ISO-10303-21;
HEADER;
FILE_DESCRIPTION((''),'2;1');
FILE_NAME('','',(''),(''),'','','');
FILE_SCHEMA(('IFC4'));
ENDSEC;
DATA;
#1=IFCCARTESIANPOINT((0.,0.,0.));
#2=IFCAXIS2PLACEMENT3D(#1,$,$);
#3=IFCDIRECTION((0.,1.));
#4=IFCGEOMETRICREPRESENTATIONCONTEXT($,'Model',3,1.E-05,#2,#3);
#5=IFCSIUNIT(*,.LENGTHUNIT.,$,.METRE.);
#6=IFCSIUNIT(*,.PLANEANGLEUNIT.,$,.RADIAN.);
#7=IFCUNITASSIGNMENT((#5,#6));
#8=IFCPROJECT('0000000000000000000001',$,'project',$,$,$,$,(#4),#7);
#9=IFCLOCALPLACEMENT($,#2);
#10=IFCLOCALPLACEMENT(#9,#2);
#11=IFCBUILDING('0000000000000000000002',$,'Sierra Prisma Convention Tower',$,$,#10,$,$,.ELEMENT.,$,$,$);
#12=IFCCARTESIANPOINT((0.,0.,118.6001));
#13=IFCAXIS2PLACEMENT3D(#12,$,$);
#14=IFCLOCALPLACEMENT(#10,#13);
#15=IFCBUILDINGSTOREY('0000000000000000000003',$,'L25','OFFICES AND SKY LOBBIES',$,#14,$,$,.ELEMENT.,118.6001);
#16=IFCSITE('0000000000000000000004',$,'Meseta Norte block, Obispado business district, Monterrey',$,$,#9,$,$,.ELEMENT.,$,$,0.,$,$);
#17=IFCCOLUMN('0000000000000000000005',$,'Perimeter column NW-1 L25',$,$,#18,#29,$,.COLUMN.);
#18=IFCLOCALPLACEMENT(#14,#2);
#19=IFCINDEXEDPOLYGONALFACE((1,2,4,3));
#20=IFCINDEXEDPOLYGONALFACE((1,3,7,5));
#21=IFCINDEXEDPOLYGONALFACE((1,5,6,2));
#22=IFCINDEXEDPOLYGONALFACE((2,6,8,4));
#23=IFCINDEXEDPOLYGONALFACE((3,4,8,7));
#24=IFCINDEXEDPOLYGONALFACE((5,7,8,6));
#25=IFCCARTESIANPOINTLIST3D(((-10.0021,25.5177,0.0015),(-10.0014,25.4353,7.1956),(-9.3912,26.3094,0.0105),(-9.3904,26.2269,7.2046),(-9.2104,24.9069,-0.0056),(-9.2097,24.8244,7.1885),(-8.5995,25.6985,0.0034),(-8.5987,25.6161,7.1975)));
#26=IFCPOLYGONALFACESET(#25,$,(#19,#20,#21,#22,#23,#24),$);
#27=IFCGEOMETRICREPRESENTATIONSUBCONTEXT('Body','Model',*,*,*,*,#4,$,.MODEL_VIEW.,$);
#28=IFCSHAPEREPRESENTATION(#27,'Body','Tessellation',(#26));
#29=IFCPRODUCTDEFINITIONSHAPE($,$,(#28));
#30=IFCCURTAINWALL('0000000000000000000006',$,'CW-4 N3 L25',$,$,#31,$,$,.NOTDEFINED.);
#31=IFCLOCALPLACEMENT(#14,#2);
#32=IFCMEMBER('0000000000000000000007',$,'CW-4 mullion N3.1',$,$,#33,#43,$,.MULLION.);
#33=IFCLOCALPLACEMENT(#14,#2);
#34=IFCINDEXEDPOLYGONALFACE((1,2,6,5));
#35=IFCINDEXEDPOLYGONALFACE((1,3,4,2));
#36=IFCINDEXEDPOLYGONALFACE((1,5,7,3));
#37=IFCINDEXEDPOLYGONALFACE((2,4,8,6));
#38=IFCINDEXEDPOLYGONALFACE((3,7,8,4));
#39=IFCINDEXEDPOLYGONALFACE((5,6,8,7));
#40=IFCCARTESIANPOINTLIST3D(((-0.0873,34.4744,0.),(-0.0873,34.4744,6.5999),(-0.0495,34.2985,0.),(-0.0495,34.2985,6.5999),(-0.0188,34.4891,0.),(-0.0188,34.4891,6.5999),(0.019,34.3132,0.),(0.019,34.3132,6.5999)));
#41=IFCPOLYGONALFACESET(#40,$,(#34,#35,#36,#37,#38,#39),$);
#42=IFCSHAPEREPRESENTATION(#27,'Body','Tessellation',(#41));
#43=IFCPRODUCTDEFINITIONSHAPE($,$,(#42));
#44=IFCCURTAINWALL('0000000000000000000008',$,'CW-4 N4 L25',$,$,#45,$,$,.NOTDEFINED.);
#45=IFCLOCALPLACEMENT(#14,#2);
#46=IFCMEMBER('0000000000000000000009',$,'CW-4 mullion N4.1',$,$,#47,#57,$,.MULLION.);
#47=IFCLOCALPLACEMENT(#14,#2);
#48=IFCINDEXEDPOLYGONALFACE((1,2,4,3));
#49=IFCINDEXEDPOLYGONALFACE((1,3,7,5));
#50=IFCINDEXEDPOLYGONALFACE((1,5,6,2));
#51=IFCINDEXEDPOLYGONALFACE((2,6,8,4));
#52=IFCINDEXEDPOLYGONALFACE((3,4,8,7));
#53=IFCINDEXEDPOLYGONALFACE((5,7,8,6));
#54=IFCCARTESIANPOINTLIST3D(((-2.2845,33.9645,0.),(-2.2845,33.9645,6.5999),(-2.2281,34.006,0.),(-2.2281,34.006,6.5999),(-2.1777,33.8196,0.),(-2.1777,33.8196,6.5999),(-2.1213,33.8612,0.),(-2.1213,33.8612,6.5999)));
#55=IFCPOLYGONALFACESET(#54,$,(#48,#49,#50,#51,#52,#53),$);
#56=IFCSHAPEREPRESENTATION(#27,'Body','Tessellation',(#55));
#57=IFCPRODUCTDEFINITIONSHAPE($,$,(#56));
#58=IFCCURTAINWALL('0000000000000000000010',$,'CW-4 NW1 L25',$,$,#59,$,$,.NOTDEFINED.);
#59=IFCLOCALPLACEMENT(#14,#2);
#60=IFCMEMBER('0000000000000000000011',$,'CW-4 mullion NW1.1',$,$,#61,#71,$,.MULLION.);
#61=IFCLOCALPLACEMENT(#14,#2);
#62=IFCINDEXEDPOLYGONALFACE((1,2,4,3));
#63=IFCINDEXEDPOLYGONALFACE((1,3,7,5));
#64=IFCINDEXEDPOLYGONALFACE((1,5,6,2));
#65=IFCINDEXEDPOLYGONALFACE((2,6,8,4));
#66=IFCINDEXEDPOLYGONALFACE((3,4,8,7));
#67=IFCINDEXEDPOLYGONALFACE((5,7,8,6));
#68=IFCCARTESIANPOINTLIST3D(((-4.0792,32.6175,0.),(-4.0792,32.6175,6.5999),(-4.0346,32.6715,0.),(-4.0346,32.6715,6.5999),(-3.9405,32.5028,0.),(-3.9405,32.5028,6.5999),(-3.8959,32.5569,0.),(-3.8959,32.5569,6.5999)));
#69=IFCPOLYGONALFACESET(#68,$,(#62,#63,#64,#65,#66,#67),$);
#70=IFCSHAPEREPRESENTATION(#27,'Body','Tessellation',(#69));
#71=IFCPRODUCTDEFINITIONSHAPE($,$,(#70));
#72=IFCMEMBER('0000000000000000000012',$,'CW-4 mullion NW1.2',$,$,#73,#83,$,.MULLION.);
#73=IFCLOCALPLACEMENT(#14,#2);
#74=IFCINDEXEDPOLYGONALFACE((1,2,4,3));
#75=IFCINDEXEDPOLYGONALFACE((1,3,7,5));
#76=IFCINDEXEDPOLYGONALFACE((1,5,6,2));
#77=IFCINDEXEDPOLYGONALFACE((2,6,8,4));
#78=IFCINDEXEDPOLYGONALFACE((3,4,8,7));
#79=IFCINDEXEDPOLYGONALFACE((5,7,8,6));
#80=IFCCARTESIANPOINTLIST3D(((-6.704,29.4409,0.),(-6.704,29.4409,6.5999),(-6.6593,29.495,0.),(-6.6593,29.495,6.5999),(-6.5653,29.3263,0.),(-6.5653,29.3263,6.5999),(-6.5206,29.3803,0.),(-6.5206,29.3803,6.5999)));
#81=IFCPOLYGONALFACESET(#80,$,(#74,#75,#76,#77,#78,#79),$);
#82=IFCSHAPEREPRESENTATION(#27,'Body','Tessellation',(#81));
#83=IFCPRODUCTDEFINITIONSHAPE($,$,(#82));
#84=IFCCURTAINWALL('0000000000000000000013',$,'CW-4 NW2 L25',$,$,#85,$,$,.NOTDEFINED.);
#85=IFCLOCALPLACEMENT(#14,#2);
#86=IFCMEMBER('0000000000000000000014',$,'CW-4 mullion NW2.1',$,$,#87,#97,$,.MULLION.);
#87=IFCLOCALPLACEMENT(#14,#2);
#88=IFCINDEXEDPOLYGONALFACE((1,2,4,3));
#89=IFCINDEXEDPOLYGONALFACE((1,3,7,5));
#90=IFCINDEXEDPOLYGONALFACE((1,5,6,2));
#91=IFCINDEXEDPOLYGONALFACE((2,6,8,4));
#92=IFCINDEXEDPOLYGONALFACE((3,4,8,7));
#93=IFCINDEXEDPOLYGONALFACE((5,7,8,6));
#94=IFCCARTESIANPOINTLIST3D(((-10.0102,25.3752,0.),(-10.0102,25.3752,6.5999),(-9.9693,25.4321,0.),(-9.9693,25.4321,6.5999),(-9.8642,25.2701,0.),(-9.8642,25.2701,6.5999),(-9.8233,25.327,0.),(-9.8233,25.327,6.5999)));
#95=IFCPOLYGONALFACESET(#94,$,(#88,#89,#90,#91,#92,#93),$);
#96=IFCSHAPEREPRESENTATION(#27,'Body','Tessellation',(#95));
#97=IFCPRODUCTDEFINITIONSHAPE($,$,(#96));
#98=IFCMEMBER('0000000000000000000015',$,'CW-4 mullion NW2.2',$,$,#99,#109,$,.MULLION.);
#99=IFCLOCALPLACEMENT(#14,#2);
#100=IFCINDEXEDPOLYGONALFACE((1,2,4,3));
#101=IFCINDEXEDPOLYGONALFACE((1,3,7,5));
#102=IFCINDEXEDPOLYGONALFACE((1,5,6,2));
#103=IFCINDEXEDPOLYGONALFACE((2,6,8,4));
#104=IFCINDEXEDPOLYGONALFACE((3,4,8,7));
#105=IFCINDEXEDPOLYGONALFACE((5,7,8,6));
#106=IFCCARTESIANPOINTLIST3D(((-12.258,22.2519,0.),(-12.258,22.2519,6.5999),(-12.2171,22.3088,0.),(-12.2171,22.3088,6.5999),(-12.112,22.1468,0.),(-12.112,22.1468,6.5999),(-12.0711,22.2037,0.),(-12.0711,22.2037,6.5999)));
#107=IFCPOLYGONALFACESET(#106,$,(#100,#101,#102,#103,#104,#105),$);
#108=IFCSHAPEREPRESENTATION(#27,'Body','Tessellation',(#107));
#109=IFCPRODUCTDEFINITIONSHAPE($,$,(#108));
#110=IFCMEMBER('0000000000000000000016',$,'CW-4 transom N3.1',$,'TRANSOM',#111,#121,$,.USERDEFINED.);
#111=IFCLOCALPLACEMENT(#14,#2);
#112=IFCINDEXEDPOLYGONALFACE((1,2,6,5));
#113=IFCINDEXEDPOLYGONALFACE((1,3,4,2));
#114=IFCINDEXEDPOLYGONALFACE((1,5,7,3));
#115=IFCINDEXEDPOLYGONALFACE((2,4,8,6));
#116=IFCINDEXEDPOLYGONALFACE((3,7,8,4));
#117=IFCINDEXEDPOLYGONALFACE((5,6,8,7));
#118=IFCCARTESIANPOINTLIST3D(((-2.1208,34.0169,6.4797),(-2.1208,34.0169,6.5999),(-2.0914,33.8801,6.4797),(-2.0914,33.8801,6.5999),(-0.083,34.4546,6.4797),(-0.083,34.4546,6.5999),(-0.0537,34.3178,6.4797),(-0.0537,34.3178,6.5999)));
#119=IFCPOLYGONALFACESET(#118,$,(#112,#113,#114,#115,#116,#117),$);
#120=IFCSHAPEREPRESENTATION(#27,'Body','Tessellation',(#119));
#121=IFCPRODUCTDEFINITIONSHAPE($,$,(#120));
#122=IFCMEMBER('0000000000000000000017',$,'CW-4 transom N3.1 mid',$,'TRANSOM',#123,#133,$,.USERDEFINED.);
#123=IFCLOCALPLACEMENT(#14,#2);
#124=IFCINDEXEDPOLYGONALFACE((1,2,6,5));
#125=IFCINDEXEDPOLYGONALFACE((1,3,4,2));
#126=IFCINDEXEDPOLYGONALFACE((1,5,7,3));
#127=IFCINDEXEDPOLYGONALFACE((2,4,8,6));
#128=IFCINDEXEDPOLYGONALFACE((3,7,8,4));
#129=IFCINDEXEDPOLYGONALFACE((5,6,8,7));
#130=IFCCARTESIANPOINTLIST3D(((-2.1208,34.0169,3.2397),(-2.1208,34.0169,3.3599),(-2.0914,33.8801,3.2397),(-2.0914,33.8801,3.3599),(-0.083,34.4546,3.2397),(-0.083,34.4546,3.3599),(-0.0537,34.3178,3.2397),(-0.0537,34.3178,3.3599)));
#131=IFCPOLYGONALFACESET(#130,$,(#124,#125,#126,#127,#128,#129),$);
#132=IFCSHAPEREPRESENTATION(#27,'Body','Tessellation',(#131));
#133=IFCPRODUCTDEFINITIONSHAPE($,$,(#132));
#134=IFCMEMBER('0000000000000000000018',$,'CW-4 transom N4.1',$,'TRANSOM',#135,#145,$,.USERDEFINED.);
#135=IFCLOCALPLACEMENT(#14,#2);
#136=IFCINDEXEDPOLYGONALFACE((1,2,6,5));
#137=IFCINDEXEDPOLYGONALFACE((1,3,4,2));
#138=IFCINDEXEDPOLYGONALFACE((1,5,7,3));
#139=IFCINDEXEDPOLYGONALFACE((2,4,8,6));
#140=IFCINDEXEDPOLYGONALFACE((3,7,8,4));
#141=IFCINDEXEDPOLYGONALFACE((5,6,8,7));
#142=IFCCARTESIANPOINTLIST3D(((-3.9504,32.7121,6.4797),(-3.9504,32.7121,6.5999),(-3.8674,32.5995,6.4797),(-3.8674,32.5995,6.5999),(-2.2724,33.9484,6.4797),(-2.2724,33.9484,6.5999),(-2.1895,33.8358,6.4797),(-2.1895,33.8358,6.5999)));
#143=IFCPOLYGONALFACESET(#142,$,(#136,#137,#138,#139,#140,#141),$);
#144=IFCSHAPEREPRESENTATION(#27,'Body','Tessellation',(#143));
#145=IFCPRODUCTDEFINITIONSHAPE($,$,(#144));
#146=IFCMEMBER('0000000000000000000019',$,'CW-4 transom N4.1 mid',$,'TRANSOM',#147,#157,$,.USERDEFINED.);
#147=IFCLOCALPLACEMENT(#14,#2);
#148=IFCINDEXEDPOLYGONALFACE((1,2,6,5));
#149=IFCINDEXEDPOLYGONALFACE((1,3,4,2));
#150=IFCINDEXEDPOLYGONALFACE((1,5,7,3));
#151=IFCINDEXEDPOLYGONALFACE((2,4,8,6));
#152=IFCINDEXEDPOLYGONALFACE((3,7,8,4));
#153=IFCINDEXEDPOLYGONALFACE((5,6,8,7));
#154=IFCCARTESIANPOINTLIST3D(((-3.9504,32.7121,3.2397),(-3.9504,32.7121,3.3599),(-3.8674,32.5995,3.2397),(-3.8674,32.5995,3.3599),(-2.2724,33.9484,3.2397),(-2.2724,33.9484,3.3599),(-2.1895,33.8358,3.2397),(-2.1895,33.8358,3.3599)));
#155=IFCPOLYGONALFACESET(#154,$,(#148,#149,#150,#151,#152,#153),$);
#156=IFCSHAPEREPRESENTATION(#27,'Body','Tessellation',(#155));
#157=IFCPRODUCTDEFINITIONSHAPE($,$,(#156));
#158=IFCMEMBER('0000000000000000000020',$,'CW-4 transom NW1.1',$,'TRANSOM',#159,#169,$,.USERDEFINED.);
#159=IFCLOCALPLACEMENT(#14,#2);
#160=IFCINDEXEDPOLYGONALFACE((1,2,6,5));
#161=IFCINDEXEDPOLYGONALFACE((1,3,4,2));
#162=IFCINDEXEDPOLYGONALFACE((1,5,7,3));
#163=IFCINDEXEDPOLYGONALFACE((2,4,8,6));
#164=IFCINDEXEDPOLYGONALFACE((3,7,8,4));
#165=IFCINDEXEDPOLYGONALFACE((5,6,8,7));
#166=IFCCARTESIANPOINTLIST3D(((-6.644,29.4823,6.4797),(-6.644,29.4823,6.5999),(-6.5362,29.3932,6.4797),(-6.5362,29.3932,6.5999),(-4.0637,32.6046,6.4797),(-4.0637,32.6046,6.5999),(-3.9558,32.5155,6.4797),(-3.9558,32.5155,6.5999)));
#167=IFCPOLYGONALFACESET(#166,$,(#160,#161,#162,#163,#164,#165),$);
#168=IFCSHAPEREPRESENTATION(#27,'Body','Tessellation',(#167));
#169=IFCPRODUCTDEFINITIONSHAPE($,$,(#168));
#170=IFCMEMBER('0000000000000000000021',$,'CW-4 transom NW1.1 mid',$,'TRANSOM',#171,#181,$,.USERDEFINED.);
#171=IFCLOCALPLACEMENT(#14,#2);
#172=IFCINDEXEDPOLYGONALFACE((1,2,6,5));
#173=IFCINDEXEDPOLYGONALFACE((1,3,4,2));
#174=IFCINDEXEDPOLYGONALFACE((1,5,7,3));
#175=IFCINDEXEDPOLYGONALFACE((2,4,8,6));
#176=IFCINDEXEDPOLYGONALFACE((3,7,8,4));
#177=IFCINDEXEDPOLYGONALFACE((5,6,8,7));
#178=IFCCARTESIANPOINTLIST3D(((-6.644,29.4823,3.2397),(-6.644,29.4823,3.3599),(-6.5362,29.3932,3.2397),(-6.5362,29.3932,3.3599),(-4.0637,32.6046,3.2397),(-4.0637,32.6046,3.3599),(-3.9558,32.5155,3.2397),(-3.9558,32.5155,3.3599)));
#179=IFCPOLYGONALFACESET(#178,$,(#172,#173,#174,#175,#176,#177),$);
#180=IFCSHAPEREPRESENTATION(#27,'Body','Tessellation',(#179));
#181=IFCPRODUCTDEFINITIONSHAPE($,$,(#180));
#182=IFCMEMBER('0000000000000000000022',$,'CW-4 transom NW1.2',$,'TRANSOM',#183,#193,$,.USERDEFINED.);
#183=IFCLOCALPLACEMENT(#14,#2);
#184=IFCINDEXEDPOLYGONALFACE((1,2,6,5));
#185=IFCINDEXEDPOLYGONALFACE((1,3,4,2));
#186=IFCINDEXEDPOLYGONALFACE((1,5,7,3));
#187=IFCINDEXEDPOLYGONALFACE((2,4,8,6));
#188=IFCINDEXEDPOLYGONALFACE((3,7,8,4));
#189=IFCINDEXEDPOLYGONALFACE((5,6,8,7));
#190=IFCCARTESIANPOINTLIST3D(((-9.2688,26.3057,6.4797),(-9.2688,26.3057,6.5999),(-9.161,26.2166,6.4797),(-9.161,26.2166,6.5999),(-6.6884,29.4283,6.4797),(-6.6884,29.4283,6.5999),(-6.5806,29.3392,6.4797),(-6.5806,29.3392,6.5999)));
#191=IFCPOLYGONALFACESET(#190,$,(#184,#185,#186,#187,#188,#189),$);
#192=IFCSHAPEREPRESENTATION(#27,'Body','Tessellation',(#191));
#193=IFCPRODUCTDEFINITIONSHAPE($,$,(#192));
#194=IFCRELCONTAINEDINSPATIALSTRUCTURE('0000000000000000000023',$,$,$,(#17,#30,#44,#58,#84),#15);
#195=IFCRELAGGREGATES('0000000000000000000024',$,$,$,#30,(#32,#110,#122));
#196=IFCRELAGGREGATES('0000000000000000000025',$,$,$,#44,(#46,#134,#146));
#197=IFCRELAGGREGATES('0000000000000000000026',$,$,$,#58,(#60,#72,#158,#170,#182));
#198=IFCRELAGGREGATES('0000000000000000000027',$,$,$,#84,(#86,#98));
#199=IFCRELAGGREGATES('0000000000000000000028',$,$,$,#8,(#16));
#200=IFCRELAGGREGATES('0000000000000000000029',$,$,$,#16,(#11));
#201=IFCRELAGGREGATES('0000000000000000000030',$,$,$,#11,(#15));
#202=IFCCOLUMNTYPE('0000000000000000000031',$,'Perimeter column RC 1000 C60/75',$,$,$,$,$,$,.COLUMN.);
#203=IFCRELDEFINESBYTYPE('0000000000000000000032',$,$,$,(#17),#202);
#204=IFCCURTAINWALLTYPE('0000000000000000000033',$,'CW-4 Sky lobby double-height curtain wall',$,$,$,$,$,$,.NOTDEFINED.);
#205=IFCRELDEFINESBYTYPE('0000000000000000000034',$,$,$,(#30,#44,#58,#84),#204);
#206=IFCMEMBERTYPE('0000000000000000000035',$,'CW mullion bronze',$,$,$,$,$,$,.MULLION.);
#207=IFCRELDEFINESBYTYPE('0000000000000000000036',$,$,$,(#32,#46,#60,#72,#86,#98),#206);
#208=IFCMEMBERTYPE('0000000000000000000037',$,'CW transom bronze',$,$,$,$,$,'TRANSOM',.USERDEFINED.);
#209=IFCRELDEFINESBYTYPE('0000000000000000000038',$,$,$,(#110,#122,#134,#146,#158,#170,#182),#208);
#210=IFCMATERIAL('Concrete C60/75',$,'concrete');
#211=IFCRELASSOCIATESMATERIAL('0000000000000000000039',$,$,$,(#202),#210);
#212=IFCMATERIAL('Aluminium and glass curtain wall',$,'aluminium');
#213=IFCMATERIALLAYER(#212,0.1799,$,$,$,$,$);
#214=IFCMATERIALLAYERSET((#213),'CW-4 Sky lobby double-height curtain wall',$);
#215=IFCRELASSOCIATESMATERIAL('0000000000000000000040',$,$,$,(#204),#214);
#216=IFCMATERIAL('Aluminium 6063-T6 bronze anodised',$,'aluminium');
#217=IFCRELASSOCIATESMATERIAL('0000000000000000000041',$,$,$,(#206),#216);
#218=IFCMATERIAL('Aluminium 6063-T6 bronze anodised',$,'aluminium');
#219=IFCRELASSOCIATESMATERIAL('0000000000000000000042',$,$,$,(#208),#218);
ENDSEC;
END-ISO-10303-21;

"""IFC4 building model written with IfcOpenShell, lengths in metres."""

from ifc_helpers import new_model, si_unit, direction, frame, origin, origin_2d, place, context, subcontext, project, spatial, rectangle, extrude, clip, halfspace, material, layer, layer_set, material_profile, profile_set, type_object, element, aggregate, save


model = new_model("IFC4")

# Units and contexts
model_context = context("Model", 3, precision=1e-05, world=origin(), true_north=direction((0.0, 1.0)))
body_context = subcontext(model_context, "Body", "Model", "MODEL_VIEW")
ifc_project = project(units=[si_unit("LENGTHUNIT", "METRE"), si_unit("PLANEANGLEUNIT", "RADIAN")], contexts=[model_context])

# Site, building, storey
site_placement = place(None, origin())
site = spatial("IfcSite", under=ifc_project, at=site_placement, Name="Meseta Norte block, Obispado business district, Monterrey", CompositionType="ELEMENT", RefElevation=0.0)
building_placement = place(site_placement, origin())
building = spatial("IfcBuilding", under=site, at=building_placement, Name="Sierra Prisma Convention Tower", CompositionType="ELEMENT")
storey_placement = place(building_placement, frame((0.0, 0.0, 118.6001)))
storey = spatial("IfcBuildingStorey", under=building, at=storey_placement, Name="L25", Description="OFFICES AND SKY LOBBIES", CompositionType="ELEMENT", Elevation=118.6001)

# Column
ifc_material_1 = material(Name="Concrete C60/75", Category="concrete")
ifc_material_profile_1 = material_profile(ifc_material_1, rectangle(XDim=1.0, YDim=1.0, at=origin_2d()), Name="Perimeter column RC 1000 C60/75")
ifc_profile_set_1 = profile_set([ifc_material_profile_1], Name="Concrete C60/75")
column_type = type_object("IfcColumnType", Name="Perimeter column RC 1000 C60/75", PredefinedType="COLUMN", material=ifc_profile_set_1)
column_placement = place(storey_placement, frame((-9.3008, 25.6082, 0.0), z_axis=(0.000102, -0.01146, 0.999934), x_axis=(0.610907, 0.791651, 0.009011)))
element("IfcColumn", 1, at=column_placement, inside=storey, type_object=column_type, Name="Perimeter column NW-1 L25", PredefinedType="COLUMN", context=body_context, shape_type="SweptSolid", body=[
    clip(clip(extrude(rectangle(XDim=1.0, YDim=1.0, at=origin_2d()), origin(), (0.0, 0.0, 1.0), 7.2004), halfspace(frame((0.0, 0.0, 0.0024)), True)), halfspace(frame((0.0, 0.0, 7.197)), False)),
])

# Curtain walls, members
ifc_material_2 = material(Name="Aluminium and glass curtain wall", Category="aluminium")
ifc_layer_1 = layer(ifc_material_2, 0.1799)
ifc_layer_set_1 = layer_set([ifc_layer_1], Name="CW-4 Sky lobby double-height curtain wall")
curtain_wall_type = type_object("IfcCurtainWallType", Name="CW-4 Sky lobby double-height curtain wall", PredefinedType="NOTDEFINED", material=ifc_layer_set_1)
curtain_wall_1_placement = place(storey_placement, origin())
curtain_wall_1 = element("IfcCurtainWall", 2, at=curtain_wall_1_placement, inside=storey, type_object=curtain_wall_type, Name="CW-4 N3 L25", PredefinedType="NOTDEFINED")
ifc_material_3 = material(Name="Aluminium 6063-T6 bronze anodised", Category="aluminium")
ifc_material_profile_2 = material_profile(ifc_material_3, rectangle(XDim=0.1799, YDim=0.0701, at=origin_2d()), Name="ALU MULLION 70x180")
ifc_profile_set_2 = profile_set([ifc_material_profile_2], Name="Aluminium 6063-T6 bronze anodised")
member_type_1 = type_object("IfcMemberType", Name="CW mullion bronze", PredefinedType="MULLION", material=ifc_profile_set_2)
member_1_placement = place(storey_placement, frame((-0.0342, 34.3938, 0.0), z_axis=(0.0, 0.0, 1.0), x_axis=(0.210119, -0.977676, 0.0)))
member_1 = element("IfcMember", 3, at=member_1_placement, type_object=member_type_1, Name="CW-4 mullion N3.1", PredefinedType="MULLION", context=body_context, shape_type="SweptSolid", body=[
    extrude(rectangle(XDim=0.1799, YDim=0.0701, at=origin_2d()), origin(), (0.0, 0.0, 1.0), 6.5999),
])
curtain_wall_2_placement = place(storey_placement, origin())
curtain_wall_2 = element("IfcCurtainWall", 4, at=curtain_wall_2_placement, inside=storey, type_object=curtain_wall_type, Name="CW-4 N4 L25", PredefinedType="NOTDEFINED")
member_2_placement = place(storey_placement, frame((-2.2029, 33.9128, 0.0), z_axis=(0.0, 0.0, 1.0), x_axis=(0.593251, -0.805017, 0.0)))
member_2 = element("IfcMember", 5, at=member_2_placement, type_object=member_type_1, Name="CW-4 mullion N4.1", PredefinedType="MULLION", context=body_context, shape_type="SweptSolid", body=[
    extrude(rectangle(XDim=0.1799, YDim=0.0701, at=origin_2d()), origin(), (0.0, 0.0, 1.0), 6.5999),
])

# Curtain walls, members
curtain_wall_3_placement = place(storey_placement, origin())
curtain_wall_3 = element("IfcCurtainWall", 6, at=curtain_wall_3_placement, inside=storey, type_object=curtain_wall_type, Name="CW-4 NW1 L25", PredefinedType="NOTDEFINED")
member_3_placement = place(storey_placement, frame((-3.9875, 32.5872, 0.0), z_axis=(0.0, 0.0, 1.0), x_axis=(0.77086, -0.637005, 0.0)))
member_3 = element("IfcMember", 7, at=member_3_placement, type_object=member_type_1, Name="CW-4 mullion NW1.1", PredefinedType="MULLION", context=body_context, shape_type="SweptSolid", body=[
    extrude(rectangle(XDim=0.1799, YDim=0.0701, at=origin_2d()), origin(), (0.0, 0.0, 1.0), 6.5999),
])
member_4_placement = place(storey_placement, frame((-6.6123, 29.4106, 0.0), z_axis=(0.0, 0.0, 1.0), x_axis=(0.77086, -0.637005, 0.0)))
member_4 = element("IfcMember", 8, at=member_4_placement, type_object=member_type_1, Name="CW-4 mullion NW1.2", PredefinedType="MULLION", context=body_context, shape_type="SweptSolid", body=[
    extrude(rectangle(XDim=0.1799, YDim=0.0701, at=origin_2d()), origin(), (0.0, 0.0, 1.0), 6.5999),
])
curtain_wall_4_placement = place(storey_placement, origin())
curtain_wall_4 = element("IfcCurtainWall", 9, at=curtain_wall_4_placement, inside=storey, type_object=curtain_wall_type, Name="CW-4 NW2 L25", PredefinedType="NOTDEFINED")
member_5_placement = place(storey_placement, frame((-9.9167, 25.3511, 0.0), z_axis=(0.0, 0.0, 1.0), x_axis=(0.811663, -0.584126, 0.0)))
member_5 = element("IfcMember", 10, at=member_5_placement, type_object=member_type_1, Name="CW-4 mullion NW2.1", PredefinedType="MULLION", context=body_context, shape_type="SweptSolid", body=[
    extrude(rectangle(XDim=0.1799, YDim=0.0701, at=origin_2d()), origin(), (0.0, 0.0, 1.0), 6.5999),
])
member_6_placement = place(storey_placement, frame((-12.1646, 22.2278, 0.0), z_axis=(0.0, 0.0, 1.0), x_axis=(0.811663, -0.584126, 0.0)))
member_6 = element("IfcMember", 11, at=member_6_placement, type_object=member_type_1, Name="CW-4 mullion NW2.2", PredefinedType="MULLION", context=body_context, shape_type="SweptSolid", body=[
    extrude(rectangle(XDim=0.1799, YDim=0.0701, at=origin_2d()), origin(), (0.0, 0.0, 1.0), 6.5999),
])

# Members
ifc_material_4 = material(Name="Aluminium 6063-T6 bronze anodised", Category="aluminium")
ifc_material_profile_3 = material_profile(ifc_material_4, rectangle(XDim=0.1399, YDim=0.1201, at=origin_2d()), Name="ALU TRANSOM 120x140")
ifc_profile_set_3 = profile_set([ifc_material_profile_3], Name="Aluminium 6063-T6 bronze anodised")
member_type_2 = type_object("IfcMemberType", Name="CW transom bronze", ElementType="TRANSOM", PredefinedType="USERDEFINED", material=ifc_profile_set_3)
member_7_placement = place(storey_placement, frame((-0.0684, 34.3862, 6.5398), z_axis=(-0.977698, -0.210017, 0.0), x_axis=(0.210017, -0.977698, 0.0)))
member_7 = element("IfcMember", 12, at=member_7_placement, type_object=member_type_2, Name="CW-4 transom N3.1", ObjectType="TRANSOM", PredefinedType="USERDEFINED", context=body_context, shape_type="SweptSolid", body=[
    extrude(rectangle(XDim=0.1399, YDim=0.1201, at=origin_2d()), origin(), (0.0, 0.0, 1.0), 2.0842),
])
member_8_placement = place(storey_placement, frame((-0.0684, 34.3862, 3.2998), z_axis=(-0.977698, -0.210017, 0.0), x_axis=(0.210017, -0.977698, 0.0)))
member_8 = element("IfcMember", 13, at=member_8_placement, type_object=member_type_2, Name="CW-4 transom N3.1 mid", ObjectType="TRANSOM", PredefinedType="USERDEFINED", context=body_context, shape_type="SweptSolid", body=[
    extrude(rectangle(XDim=0.1399, YDim=0.1201, at=origin_2d()), origin(), (0.0, 0.0, 1.0), 2.0842),
])
member_9_placement = place(storey_placement, frame((-2.231, 33.8921, 6.5398), z_axis=(-0.805074, -0.593175, 0.0), x_axis=(0.593175, -0.805074, 0.0)))
member_9 = element("IfcMember", 14, at=member_9_placement, type_object=member_type_2, Name="CW-4 transom N4.1", ObjectType="TRANSOM", PredefinedType="USERDEFINED", context=body_context, shape_type="SweptSolid", body=[
    extrude(rectangle(XDim=0.1399, YDim=0.1201, at=origin_2d()), origin(), (0.0, 0.0, 1.0), 2.0842),
])
member_10_placement = place(storey_placement, frame((-2.231, 33.8921, 3.2998), z_axis=(-0.805074, -0.593175, 0.0), x_axis=(0.593175, -0.805074, 0.0)))
member_10 = element("IfcMember", 15, at=member_10_placement, type_object=member_type_2, Name="CW-4 transom N4.1 mid", ObjectType="TRANSOM", PredefinedType="USERDEFINED", context=body_context, shape_type="SweptSolid", body=[
    extrude(rectangle(XDim=0.1399, YDim=0.1201, at=origin_2d()), origin(), (0.0, 0.0, 1.0), 2.0842),
])
member_11_placement = place(storey_placement, frame((-4.0098, 32.5601, 6.5398), z_axis=(-0.637031, -0.770838, 0.0), x_axis=(0.770838, -0.637031, 0.0)))
member_11 = element("IfcMember", 16, at=member_11_placement, type_object=member_type_2, Name="CW-4 transom NW1.1", ObjectType="TRANSOM", PredefinedType="USERDEFINED", context=body_context, shape_type="SweptSolid", body=[
    extrude(rectangle(XDim=0.1399, YDim=0.1201, at=origin_2d()), origin(), (0.0, 0.0, 1.0), 4.0505),
])
member_12_placement = place(storey_placement, frame((-4.0098, 32.5601, 3.2998), z_axis=(-0.637031, -0.770838, 0.0), x_axis=(0.770838, -0.637031, 0.0)))
member_12 = element("IfcMember", 17, at=member_12_placement, type_object=member_type_2, Name="CW-4 transom NW1.1 mid", ObjectType="TRANSOM", PredefinedType="USERDEFINED", context=body_context, shape_type="SweptSolid", body=[
    extrude(rectangle(XDim=0.1399, YDim=0.1201, at=origin_2d()), origin(), (0.0, 0.0, 1.0), 4.0505),
])
member_13_placement = place(storey_placement, frame((-6.6345, 29.3838, 6.5398), z_axis=(-0.637001, -0.770863, 0.0), x_axis=(0.770863, -0.637001, 0.0)))
member_13 = element("IfcMember", 18, at=member_13_placement, type_object=member_type_2, Name="CW-4 transom NW1.2", ObjectType="TRANSOM", PredefinedType="USERDEFINED", context=body_context, shape_type="SweptSolid", body=[
    extrude(rectangle(XDim=0.1399, YDim=0.1201, at=origin_2d()), origin(), (0.0, 0.0, 1.0), 4.0508),
])

aggregate(curtain_wall_1, [member_1, member_7, member_8])
aggregate(curtain_wall_2, [member_2, member_9, member_10])
aggregate(curtain_wall_3, [member_3, member_4, member_11, member_12, member_13])
aggregate(curtain_wall_4, [member_5, member_6])

save(model, "model.ifc")
